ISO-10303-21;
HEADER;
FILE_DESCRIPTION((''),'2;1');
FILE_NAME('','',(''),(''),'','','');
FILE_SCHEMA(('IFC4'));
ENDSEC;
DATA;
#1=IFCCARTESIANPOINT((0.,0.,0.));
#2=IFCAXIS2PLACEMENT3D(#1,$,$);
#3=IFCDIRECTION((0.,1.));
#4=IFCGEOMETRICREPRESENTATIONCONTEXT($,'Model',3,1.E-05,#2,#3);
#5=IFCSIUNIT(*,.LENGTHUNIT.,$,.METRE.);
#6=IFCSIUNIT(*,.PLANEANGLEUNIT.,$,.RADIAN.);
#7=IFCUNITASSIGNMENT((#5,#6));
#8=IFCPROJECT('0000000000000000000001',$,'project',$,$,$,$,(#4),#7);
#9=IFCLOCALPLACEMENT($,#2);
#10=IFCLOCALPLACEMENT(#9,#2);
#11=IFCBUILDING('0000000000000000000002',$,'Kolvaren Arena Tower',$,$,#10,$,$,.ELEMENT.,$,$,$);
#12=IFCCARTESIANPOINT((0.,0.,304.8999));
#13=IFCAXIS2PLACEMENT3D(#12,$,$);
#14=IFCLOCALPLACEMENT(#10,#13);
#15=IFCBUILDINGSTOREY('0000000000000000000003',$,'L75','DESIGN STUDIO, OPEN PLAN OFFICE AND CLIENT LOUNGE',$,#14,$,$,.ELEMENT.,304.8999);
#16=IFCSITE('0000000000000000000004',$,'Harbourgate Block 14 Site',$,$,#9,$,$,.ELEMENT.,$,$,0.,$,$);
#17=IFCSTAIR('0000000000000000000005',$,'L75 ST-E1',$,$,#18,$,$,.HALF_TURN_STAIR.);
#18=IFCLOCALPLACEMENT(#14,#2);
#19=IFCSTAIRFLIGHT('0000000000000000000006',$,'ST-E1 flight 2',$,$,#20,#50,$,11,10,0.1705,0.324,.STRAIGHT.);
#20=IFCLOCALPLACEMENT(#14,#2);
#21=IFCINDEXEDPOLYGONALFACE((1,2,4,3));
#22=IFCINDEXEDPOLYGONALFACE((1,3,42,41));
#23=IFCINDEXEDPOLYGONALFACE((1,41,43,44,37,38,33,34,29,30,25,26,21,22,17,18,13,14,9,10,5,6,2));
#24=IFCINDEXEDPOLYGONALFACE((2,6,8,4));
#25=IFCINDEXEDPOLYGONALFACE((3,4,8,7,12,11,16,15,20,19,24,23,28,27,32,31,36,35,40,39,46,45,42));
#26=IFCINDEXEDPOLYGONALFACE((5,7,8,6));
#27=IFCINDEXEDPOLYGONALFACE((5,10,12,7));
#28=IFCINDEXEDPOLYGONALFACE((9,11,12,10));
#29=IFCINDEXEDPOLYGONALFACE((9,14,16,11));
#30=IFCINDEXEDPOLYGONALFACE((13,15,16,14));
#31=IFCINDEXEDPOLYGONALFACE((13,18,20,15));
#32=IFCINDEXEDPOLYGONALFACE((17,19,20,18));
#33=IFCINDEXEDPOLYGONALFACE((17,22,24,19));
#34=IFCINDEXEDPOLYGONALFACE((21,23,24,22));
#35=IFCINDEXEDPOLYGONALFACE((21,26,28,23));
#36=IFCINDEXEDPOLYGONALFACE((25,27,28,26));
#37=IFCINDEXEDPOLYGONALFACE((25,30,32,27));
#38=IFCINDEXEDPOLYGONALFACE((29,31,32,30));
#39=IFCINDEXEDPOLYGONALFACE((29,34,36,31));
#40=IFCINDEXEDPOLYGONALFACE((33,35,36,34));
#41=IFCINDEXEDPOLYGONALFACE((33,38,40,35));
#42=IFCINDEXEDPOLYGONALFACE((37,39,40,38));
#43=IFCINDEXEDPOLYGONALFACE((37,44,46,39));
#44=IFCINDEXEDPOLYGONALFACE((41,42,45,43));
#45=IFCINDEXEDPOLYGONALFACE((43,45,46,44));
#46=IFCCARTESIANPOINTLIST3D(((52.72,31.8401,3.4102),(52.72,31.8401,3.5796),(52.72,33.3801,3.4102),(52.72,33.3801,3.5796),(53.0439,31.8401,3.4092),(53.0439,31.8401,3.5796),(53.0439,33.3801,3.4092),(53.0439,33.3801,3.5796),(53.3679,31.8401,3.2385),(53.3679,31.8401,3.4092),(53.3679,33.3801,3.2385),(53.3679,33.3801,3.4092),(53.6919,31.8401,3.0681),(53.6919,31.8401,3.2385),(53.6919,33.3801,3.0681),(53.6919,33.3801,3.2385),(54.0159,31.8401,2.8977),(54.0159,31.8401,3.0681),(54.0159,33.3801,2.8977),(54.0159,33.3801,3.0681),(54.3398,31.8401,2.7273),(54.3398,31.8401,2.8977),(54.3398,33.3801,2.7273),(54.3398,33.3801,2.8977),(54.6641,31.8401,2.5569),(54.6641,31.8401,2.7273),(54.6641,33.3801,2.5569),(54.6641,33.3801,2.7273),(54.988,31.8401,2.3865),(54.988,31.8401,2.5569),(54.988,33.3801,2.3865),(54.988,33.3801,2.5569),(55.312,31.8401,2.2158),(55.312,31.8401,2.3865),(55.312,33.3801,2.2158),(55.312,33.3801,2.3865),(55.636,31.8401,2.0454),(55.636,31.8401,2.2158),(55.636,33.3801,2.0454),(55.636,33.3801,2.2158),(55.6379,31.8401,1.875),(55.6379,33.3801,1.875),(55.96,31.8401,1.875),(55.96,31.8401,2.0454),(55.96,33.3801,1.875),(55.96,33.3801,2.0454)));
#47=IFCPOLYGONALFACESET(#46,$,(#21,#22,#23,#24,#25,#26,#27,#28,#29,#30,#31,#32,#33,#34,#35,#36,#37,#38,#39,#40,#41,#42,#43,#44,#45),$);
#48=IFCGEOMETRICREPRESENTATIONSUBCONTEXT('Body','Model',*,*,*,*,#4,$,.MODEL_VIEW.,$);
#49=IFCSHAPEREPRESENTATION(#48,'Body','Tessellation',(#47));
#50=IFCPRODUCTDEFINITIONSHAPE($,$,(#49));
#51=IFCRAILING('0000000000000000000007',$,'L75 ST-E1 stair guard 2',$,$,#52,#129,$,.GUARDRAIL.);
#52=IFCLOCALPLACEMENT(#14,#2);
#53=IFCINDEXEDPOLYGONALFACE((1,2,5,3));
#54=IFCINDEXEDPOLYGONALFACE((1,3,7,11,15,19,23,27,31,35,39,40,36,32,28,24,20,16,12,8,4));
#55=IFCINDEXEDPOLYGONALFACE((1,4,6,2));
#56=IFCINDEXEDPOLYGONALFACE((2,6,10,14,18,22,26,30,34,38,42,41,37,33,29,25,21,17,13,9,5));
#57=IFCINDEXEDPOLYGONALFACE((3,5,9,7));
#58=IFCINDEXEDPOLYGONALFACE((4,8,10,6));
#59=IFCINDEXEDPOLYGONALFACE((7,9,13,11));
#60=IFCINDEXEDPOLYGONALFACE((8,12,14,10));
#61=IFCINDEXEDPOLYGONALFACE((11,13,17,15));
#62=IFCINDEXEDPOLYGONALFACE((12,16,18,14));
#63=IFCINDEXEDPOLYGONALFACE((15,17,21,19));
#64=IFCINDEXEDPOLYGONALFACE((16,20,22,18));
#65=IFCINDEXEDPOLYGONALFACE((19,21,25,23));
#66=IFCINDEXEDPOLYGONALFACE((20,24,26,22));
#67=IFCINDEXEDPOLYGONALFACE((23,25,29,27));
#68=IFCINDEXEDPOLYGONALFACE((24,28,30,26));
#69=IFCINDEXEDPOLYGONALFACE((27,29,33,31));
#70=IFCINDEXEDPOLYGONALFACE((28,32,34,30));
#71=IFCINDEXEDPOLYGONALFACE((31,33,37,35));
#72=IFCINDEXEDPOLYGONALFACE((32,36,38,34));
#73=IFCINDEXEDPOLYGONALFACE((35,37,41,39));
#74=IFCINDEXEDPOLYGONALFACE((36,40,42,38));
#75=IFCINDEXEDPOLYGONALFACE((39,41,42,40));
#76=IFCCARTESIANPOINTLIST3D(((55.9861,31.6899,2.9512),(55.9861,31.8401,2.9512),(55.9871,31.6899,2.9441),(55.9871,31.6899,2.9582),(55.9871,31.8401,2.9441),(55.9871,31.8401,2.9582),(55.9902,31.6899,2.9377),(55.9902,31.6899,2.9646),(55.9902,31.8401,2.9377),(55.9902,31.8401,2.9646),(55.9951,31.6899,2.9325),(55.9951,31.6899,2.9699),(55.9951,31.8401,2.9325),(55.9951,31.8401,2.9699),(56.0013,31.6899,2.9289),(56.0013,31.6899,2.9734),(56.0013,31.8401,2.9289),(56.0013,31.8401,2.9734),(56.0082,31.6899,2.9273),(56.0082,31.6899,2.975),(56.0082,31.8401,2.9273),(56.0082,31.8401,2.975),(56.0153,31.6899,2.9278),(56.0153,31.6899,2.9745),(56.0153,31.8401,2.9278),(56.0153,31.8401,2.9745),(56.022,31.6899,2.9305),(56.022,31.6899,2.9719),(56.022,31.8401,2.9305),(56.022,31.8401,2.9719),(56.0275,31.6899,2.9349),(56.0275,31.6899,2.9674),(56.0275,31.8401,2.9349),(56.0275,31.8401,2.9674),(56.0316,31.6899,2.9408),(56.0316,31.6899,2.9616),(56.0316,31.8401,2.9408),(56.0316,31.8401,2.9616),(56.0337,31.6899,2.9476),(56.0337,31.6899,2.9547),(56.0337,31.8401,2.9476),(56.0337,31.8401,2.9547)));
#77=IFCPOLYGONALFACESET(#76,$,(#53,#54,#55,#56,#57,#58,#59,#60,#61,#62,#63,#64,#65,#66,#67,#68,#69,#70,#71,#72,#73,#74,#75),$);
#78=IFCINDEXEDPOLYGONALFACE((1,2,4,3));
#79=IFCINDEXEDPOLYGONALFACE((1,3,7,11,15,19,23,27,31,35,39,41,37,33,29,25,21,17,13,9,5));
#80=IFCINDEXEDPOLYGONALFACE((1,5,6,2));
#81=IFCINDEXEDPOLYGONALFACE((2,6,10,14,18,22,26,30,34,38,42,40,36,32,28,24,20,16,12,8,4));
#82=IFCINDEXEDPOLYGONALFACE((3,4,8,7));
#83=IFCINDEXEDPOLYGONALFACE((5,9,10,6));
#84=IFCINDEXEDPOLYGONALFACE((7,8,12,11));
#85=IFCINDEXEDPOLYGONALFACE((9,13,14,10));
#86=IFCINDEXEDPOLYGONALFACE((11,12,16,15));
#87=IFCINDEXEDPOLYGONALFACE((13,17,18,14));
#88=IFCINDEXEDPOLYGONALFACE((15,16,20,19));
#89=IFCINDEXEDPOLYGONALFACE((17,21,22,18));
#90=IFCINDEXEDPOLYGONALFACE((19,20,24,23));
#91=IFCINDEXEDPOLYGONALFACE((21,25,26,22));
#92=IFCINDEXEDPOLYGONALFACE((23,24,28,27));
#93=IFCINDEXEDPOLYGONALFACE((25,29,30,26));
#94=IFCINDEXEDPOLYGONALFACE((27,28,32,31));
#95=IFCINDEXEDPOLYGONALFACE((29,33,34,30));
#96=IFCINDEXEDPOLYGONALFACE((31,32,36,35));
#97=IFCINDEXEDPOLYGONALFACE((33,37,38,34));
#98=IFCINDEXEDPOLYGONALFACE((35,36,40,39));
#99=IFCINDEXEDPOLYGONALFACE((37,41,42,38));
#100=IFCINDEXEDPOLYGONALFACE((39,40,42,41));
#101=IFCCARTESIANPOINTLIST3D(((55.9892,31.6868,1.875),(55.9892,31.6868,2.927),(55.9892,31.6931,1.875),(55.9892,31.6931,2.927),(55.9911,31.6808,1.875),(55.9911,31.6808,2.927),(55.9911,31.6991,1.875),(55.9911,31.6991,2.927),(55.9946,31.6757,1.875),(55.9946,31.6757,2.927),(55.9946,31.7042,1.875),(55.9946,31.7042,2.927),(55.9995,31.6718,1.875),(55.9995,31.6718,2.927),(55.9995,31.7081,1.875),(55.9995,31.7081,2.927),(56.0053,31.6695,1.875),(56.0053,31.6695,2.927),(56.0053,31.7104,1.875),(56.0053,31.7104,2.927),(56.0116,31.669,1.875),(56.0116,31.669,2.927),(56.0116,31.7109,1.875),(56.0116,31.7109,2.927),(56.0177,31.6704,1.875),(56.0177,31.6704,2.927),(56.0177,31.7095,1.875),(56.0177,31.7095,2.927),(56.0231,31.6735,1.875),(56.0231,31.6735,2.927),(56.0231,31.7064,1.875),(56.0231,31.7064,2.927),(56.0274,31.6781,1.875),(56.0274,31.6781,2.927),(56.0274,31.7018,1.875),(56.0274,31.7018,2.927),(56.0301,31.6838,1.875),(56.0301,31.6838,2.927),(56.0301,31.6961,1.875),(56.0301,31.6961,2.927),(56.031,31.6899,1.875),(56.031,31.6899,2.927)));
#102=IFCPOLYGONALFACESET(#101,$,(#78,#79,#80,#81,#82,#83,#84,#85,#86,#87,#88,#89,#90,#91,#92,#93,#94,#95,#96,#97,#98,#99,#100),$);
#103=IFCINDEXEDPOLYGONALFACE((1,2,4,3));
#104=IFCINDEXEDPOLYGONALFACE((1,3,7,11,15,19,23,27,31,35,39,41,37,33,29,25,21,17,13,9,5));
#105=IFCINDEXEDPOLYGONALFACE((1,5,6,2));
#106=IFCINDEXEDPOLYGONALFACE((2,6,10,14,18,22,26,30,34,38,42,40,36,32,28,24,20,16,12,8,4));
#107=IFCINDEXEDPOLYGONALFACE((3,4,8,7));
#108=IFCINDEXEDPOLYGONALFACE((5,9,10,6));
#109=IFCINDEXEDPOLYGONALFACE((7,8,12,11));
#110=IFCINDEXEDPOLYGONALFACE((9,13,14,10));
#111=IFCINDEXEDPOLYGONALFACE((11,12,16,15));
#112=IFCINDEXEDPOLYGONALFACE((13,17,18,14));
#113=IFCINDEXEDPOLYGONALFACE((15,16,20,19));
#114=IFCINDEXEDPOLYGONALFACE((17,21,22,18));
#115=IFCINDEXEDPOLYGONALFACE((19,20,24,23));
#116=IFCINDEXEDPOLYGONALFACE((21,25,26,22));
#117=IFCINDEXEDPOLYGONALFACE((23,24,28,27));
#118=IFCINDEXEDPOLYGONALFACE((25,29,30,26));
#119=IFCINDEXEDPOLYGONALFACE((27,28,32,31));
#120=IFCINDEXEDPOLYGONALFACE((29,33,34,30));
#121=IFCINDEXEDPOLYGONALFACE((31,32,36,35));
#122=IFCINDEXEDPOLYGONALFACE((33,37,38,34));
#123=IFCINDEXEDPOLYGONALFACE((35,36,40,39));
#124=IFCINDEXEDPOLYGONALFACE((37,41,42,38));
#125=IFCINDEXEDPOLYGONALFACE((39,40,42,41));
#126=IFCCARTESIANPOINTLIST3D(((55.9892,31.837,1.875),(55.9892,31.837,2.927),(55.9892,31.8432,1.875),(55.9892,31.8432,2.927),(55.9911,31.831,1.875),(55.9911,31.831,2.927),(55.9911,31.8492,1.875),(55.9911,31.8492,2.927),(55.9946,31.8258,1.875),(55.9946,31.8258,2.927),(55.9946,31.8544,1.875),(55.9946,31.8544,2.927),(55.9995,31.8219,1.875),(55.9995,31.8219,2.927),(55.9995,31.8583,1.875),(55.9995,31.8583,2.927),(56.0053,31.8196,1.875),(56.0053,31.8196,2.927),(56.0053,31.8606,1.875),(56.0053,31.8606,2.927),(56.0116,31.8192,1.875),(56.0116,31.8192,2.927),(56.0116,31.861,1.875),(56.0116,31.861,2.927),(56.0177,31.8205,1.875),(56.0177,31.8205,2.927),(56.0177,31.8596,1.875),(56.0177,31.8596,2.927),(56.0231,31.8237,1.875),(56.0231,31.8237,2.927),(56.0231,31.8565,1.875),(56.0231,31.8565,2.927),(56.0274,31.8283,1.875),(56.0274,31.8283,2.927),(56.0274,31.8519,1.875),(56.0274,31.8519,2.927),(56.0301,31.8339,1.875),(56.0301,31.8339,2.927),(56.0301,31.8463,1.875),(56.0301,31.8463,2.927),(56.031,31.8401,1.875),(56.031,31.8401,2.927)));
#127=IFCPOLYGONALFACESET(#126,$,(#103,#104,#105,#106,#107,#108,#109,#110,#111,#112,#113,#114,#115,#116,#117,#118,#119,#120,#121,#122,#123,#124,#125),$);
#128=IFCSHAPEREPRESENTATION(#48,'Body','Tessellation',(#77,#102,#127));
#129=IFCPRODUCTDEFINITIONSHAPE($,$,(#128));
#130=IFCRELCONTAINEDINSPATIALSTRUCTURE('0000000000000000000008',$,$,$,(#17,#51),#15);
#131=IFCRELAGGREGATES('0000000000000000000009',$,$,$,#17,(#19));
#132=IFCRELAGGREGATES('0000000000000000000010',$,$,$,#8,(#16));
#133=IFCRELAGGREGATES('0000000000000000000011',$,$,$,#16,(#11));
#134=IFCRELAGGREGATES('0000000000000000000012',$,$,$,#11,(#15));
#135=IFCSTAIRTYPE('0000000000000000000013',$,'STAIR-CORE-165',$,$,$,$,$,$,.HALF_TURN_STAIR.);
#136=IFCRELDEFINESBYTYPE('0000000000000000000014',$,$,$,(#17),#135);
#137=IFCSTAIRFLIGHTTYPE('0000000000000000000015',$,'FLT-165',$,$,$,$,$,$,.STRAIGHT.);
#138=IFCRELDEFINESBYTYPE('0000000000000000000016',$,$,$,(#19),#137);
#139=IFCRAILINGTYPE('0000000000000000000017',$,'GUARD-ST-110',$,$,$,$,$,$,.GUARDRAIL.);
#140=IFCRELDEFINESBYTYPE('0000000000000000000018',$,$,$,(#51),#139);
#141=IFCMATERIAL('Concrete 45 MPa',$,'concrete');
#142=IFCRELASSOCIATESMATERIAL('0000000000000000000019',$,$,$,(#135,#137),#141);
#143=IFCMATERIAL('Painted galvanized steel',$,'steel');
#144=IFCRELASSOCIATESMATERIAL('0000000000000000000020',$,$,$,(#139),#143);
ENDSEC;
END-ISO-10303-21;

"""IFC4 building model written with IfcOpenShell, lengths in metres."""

from ifc_helpers import new_model, si_unit, direction, frame, origin, origin_2d, place, context, subcontext, project, spatial, polyline, circle, outline, extrude, material, type_object, element, aggregate, save


model = new_model("IFC4")

# Units and contexts
model_context = context("Model", 3, precision=1e-05, world=origin(), true_north=direction((0.0, 1.0)))
body_context = subcontext(model_context, "Body", "Model", "MODEL_VIEW")
ifc_project = project(units=[si_unit("LENGTHUNIT", "METRE"), si_unit("PLANEANGLEUNIT", "RADIAN")], contexts=[model_context])

# Site, building, storey
site_placement = place(None, origin())
site = spatial("IfcSite", under=ifc_project, at=site_placement, Name="Harbourgate Block 14 Site", CompositionType="ELEMENT", RefElevation=0.0)
building_placement = place(site_placement, origin())
building = spatial("IfcBuilding", under=site, at=building_placement, Name="Kolvaren Arena Tower", CompositionType="ELEMENT")
storey_placement = place(building_placement, frame((0.0, 0.0, 304.8999)))
storey = spatial("IfcBuildingStorey", under=building, at=storey_placement, Name="L75", Description="DESIGN STUDIO, OPEN PLAN OFFICE AND CLIENT LOUNGE", CompositionType="ELEMENT", Elevation=304.8999)

# Shared definitions
ifc_material_1 = material(Name="Concrete 45 MPa", Category="concrete")

# Stair, stair flight
stair_type_1 = type_object("IfcStairType", Name="STAIR-CORE-165", PredefinedType="HALF_TURN_STAIR", material=ifc_material_1)
stair_1_placement = place(storey_placement, origin())
stair_1 = element("IfcStair", 1, at=stair_1_placement, inside=storey, type_object=stair_type_1, Name="L75 ST-E1", PredefinedType="HALF_TURN_STAIR")
stair_flight_type_1 = type_object("IfcStairFlightType", Name="FLT-165", PredefinedType="STRAIGHT", material=ifc_material_1)
stair_flight_1_placement = place(storey_placement, frame((55.96, 32.6101, 1.875), z_axis=(0.0, 0.0, 1.0), x_axis=(-1.0, 0.0, 0.0)))
stair_flight_1 = element("IfcStairFlight", 2, at=stair_flight_1_placement, type_object=stair_flight_type_1, Name="ST-E1 flight 2", NumberOfRisers=11, NumberOfTreads=10, PredefinedType="STRAIGHT", RiserHeight=0.1705, TreadLength=0.324, context=body_context, shape_type="SweptSolid", body=[
    extrude(outline(polyline([(0.0, 0.0), (0.0, 0.1704), (0.324, 0.1704), (0.324, 0.3408), (0.6479, 0.3408), (0.6479, 0.5115), (0.9719, 0.5115), (0.9719, 0.6819), (1.2959, 0.6819), (1.2959, 0.8523), (1.6201, 0.8523), (1.6201, 1.0227), (1.9441, 1.0227), (1.9441, 1.1931), (2.2681, 1.1931), (2.2681, 1.3635), (2.592, 1.3635), (2.592, 1.5342), (2.916, 1.5342), (2.916, 1.7046), (3.24, 1.7046), (3.24, 1.875), (3.24, 1.5352), (0.322, 0.0), (0.0, 0.0)])), frame((0.0, 0.77, 0.0), z_axis=(0.0, -1.0, 0.0), x_axis=(1.0, 0.0, 0.0)), (0.0, 0.0, 1.0), 1.54),
])
aggregate(stair_1, [stair_flight_1])

# Railing
ifc_material_2 = material(Name="Painted galvanized steel", Category="steel")
railing_type_1 = type_object("IfcRailingType", Name="GUARD-ST-110", PredefinedType="GUARDRAIL", material=ifc_material_2)
railing_1_placement = place(storey_placement, frame((56.01, 31.6899, 1.875)))
element("IfcRailing", 3, at=railing_1_placement, inside=storey, type_object=railing_type_1, Name="L75 ST-E1 stair guard 2", PredefinedType="GUARDRAIL", context=body_context, shape_type="SweptSolid", body=[
    extrude(circle(Radius=0.0239, at=origin_2d()), frame((0.0, 0.0, 1.0762), z_axis=(0.0, 1.0, 0.0), x_axis=(-1.0, 0.0, 0.0)), (0.0, 0.0, 1.0), 0.1501),
    extrude(circle(Radius=0.021, at=origin_2d()), origin(), (0.0, 0.0, 1.0), 1.052),
    extrude(circle(Radius=0.021, at=origin_2d()), frame((0.0, 0.1501, 0.0)), (0.0, 0.0, 1.0), 1.052),
])

save(model, "model.ifc")
